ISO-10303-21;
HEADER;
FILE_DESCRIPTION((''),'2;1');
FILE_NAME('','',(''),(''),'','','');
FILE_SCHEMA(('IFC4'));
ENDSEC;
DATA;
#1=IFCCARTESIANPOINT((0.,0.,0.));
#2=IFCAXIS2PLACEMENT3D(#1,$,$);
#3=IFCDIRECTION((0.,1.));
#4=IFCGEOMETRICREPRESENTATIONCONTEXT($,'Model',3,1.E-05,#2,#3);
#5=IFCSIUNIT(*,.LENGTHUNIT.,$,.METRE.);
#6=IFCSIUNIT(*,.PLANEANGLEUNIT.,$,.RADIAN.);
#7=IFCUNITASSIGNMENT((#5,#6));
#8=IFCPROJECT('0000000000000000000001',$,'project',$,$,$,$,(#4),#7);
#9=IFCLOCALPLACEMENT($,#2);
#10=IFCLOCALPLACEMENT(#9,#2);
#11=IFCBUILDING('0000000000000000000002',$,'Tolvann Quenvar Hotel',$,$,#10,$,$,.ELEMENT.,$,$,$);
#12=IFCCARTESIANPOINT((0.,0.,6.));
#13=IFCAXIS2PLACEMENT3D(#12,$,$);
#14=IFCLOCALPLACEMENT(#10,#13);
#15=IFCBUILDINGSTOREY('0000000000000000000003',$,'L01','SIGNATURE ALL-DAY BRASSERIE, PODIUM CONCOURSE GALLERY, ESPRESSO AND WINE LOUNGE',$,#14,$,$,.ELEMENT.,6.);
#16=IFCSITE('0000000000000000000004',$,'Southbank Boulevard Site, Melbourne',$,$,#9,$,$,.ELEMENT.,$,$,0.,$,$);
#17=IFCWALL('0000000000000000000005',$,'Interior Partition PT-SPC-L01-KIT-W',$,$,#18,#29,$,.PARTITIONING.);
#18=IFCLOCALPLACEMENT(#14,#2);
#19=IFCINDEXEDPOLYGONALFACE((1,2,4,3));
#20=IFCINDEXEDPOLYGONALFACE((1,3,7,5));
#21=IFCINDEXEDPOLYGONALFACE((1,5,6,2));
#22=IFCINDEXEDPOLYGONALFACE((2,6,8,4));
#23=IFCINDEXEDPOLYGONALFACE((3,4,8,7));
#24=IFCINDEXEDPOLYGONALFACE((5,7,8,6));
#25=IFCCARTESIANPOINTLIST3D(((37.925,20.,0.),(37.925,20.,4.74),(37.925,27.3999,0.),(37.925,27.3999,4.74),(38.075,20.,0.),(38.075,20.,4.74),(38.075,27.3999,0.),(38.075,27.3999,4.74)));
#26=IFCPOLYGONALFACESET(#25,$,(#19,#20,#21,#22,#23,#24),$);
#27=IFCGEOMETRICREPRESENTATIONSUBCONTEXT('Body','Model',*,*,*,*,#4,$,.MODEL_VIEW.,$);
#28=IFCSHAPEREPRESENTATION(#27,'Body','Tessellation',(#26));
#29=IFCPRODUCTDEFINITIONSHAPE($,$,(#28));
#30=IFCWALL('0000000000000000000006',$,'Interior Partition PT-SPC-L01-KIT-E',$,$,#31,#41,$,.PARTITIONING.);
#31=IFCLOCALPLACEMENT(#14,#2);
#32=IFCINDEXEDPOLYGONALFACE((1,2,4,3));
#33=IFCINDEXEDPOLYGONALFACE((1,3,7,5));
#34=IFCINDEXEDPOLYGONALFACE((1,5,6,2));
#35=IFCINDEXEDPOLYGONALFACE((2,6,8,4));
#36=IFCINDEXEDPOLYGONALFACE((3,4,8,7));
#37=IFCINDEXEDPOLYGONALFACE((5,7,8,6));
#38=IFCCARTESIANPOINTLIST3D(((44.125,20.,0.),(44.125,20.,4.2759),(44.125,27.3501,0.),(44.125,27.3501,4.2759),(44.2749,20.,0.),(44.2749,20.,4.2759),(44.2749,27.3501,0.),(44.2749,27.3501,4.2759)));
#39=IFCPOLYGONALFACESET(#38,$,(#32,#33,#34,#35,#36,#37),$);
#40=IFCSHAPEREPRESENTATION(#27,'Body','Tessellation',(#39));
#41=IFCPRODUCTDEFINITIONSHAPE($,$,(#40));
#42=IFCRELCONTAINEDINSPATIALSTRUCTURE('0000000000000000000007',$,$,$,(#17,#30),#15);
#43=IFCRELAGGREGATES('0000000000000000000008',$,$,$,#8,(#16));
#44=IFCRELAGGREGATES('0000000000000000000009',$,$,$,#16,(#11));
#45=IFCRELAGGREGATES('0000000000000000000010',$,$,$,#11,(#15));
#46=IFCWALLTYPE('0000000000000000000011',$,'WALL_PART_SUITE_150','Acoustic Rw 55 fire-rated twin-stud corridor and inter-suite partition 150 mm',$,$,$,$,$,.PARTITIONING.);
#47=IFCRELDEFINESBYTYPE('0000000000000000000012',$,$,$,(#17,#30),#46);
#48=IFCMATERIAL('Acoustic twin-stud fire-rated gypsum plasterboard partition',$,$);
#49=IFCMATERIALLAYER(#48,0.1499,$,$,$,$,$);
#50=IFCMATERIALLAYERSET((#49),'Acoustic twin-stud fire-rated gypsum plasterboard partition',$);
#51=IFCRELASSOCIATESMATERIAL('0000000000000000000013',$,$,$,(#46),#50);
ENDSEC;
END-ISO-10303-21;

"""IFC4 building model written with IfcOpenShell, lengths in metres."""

from ifc_helpers import new_model, si_unit, direction, frame, frame_2d, origin, place, context, subcontext, project, spatial, rectangle, extrude, material, layer, layer_set, type_object, element, save


model = new_model("IFC4")

# Units and contexts
model_context = context("Model", 3, precision=1e-05, world=origin(), true_north=direction((0.0, 1.0)))
body_context = subcontext(model_context, "Body", "Model", "MODEL_VIEW")
ifc_project = project(units=[si_unit("LENGTHUNIT", "METRE"), si_unit("PLANEANGLEUNIT", "RADIAN")], contexts=[model_context])

# Site, building, storey
site_placement = place(None, origin())
site = spatial("IfcSite", under=ifc_project, at=site_placement, Name="Southbank Boulevard Site, Melbourne", CompositionType="ELEMENT", RefElevation=0.0)
building_placement = place(site_placement, origin())
building = spatial("IfcBuilding", under=site, at=building_placement, Name="Tolvann Quenvar Hotel", CompositionType="ELEMENT")
storey_placement = place(building_placement, frame((0.0, 0.0, 6.0)))
storey = spatial("IfcBuildingStorey", under=building, at=storey_placement, Name="L01", Description="SIGNATURE ALL-DAY BRASSERIE, PODIUM CONCOURSE GALLERY, ESPRESSO AND WINE LOUNGE", CompositionType="ELEMENT", Elevation=6.0)

# Walls
ifc_material_1 = material(Name="Acoustic twin-stud fire-rated gypsum plasterboard partition")
ifc_layer_1 = layer(ifc_material_1, 0.1499)
ifc_layer_set_1 = layer_set([ifc_layer_1], Name="Acoustic twin-stud fire-rated gypsum plasterboard partition")
wall_type = type_object("IfcWallType", Name="WALL_PART_SUITE_150", Description="Acoustic Rw 55 fire-rated twin-stud corridor and inter-suite partition 150 mm", PredefinedType="PARTITIONING", material=ifc_layer_set_1)
wall_1_placement = place(storey_placement, frame((38.0, 20.0, 0.0), z_axis=(0.0, 0.0, 1.0), x_axis=(0.0, 1.0, 0.0)))
element("IfcWall", 1, at=wall_1_placement, inside=storey, type_object=wall_type, Name="Interior Partition PT-SPC-L01-KIT-W", PredefinedType="PARTITIONING", context=body_context, shape_type="SweptSolid", body=[
    extrude(rectangle(XDim=7.3999, YDim=0.1499, at=frame_2d((3.7, 0.0))), origin(), (0.0, 0.0, 1.0), 4.74),
])
wall_2_placement = place(storey_placement, frame((44.2, 20.0, 0.0), z_axis=(0.0, 0.0, 1.0), x_axis=(0.0, 1.0, 0.0)))
element("IfcWall", 2, at=wall_2_placement, inside=storey, type_object=wall_type, Name="Interior Partition PT-SPC-L01-KIT-E", PredefinedType="PARTITIONING", context=body_context, shape_type="SweptSolid", body=[
    extrude(rectangle(XDim=7.3501, YDim=0.1499, at=frame_2d((3.675, 0.0))), origin(), (0.0, 0.0, 1.0), 4.2759),
])

save(model, "model.ifc")
